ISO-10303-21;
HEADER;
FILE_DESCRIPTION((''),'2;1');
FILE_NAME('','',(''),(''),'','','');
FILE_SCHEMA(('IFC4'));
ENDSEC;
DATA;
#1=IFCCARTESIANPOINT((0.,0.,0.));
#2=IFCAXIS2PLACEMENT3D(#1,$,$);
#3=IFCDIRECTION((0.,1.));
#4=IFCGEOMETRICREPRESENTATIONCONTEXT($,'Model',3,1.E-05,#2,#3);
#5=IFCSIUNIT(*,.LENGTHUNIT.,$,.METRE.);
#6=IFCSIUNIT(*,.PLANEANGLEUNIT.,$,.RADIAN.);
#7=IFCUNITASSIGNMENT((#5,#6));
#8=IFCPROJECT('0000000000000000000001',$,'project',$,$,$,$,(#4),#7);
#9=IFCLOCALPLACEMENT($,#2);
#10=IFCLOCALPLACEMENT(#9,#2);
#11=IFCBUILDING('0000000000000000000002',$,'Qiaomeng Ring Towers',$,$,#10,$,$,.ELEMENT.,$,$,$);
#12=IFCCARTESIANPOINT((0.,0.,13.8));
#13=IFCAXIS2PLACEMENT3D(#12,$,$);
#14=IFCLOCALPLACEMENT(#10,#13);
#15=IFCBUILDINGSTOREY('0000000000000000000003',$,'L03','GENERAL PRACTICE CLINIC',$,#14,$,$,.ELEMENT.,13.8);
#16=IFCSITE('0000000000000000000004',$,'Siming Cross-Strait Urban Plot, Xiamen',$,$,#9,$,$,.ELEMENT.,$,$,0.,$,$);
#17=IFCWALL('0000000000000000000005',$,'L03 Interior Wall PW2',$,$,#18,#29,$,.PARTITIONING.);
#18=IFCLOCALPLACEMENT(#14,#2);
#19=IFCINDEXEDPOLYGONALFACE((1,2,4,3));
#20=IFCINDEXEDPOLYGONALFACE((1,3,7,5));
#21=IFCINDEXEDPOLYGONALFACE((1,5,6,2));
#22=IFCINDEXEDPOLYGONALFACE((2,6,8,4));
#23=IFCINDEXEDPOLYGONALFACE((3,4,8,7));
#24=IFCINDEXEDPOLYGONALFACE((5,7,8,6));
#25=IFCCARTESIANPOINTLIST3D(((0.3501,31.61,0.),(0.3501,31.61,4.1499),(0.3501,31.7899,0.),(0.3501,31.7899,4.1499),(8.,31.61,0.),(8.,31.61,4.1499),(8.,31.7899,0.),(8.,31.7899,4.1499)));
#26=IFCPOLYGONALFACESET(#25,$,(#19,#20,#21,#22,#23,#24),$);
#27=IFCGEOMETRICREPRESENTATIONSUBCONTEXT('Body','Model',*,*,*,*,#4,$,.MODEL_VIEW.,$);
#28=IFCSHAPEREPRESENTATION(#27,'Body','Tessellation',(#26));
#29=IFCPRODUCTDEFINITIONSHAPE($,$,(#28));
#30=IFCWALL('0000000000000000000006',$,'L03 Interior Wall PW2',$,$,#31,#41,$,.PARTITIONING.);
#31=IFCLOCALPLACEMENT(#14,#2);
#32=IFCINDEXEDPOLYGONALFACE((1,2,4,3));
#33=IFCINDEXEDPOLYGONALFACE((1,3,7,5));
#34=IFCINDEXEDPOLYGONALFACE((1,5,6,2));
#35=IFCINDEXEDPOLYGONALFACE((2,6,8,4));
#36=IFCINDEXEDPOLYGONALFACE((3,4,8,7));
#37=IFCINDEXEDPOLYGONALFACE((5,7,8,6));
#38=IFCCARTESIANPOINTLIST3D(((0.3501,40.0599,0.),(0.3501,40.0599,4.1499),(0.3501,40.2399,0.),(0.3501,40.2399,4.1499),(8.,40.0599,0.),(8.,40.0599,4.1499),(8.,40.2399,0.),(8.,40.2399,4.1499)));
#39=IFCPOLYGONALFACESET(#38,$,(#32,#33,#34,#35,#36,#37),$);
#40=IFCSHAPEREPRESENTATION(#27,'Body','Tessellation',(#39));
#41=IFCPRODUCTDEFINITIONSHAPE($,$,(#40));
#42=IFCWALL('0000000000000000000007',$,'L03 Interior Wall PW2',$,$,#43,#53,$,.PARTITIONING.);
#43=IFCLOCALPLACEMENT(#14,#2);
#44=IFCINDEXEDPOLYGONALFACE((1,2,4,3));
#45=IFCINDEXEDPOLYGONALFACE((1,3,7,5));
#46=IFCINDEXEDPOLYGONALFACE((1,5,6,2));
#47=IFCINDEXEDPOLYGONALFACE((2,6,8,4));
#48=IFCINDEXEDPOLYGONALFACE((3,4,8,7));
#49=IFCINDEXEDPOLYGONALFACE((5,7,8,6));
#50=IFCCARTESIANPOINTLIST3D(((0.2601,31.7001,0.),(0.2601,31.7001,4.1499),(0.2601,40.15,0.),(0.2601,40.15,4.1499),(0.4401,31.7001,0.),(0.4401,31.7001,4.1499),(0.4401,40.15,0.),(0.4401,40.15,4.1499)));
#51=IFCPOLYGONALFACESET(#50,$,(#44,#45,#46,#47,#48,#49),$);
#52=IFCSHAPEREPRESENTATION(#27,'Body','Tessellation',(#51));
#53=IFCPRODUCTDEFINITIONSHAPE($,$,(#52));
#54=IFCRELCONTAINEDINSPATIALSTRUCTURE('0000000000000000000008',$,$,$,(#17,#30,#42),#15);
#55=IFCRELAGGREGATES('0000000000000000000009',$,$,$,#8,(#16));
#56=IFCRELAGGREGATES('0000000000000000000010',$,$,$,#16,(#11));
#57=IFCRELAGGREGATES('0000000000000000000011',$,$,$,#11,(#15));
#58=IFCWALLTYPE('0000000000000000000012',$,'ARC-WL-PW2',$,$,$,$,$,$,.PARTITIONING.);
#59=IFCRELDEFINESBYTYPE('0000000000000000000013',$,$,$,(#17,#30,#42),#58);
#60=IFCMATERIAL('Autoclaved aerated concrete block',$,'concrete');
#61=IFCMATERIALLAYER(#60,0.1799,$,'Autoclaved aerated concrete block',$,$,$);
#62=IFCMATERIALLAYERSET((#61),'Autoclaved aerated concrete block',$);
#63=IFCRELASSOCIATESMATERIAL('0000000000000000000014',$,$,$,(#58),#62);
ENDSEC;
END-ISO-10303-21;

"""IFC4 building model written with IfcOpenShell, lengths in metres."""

from ifc_helpers import new_model, si_unit, direction, frame, frame_2d, origin, place, context, subcontext, project, spatial, rectangle, extrude, material, layer, layer_set, type_object, element, save


model = new_model("IFC4")

# Units and contexts
model_context = context("Model", 3, precision=1e-05, world=origin(), true_north=direction((0.0, 1.0)))
body_context = subcontext(model_context, "Body", "Model", "MODEL_VIEW")
ifc_project = project(units=[si_unit("LENGTHUNIT", "METRE"), si_unit("PLANEANGLEUNIT", "RADIAN")], contexts=[model_context])

# Site, building, storey
site_placement = place(None, origin())
site = spatial("IfcSite", under=ifc_project, at=site_placement, Name="Siming Cross-Strait Urban Plot, Xiamen", CompositionType="ELEMENT", RefElevation=0.0)
building_placement = place(site_placement, origin())
building = spatial("IfcBuilding", under=site, at=building_placement, Name="Qiaomeng Ring Towers", CompositionType="ELEMENT")
storey_placement = place(building_placement, frame((0.0, 0.0, 13.8)))
storey = spatial("IfcBuildingStorey", under=building, at=storey_placement, Name="L03", Description="GENERAL PRACTICE CLINIC", CompositionType="ELEMENT", Elevation=13.8)

# Walls
ifc_material_1 = material(Name="Autoclaved aerated concrete block", Category="concrete")
ifc_layer_1 = layer(ifc_material_1, 0.1799, Name="Autoclaved aerated concrete block")
ifc_layer_set_1 = layer_set([ifc_layer_1], Name="Autoclaved aerated concrete block")
wall_type_1 = type_object("IfcWallType", Name="ARC-WL-PW2", PredefinedType="PARTITIONING", material=ifc_layer_set_1)
for number, where, z_axis, x_axis, name in (
    (1, (0.3501, 31.7, 0.0), (0.0, 0.0, 1.0), (1.0, 0.0, 0.0), "L03 Interior Wall PW2"),
    (2, (0.3501, 40.1499, 0.0), (0.0, 0.0, 1.0), (1.0, 0.0, 0.0), "L03 Interior Wall PW2"),
):
    element("IfcWall", number, at=place(storey_placement, frame(where, z_axis=z_axis, x_axis=x_axis)), inside=storey, type_object=wall_type_1, Name=name, PredefinedType="PARTITIONING", context=body_context, shape_type="SweptSolid", body=[
        extrude(rectangle(XDim=7.6499, YDim=0.1799, at=frame_2d((3.825, 0.0))), origin(), (0.0, 0.0, 1.0), 4.1499),
    ])
wall_1_placement = place(storey_placement, frame((0.3501, 31.7, 0.0), z_axis=(0.0, 0.0, 1.0), x_axis=(0.0, 1.0, 0.0)))
element("IfcWall", 3, at=wall_1_placement, inside=storey, type_object=wall_type_1, Name="L03 Interior Wall PW2", PredefinedType="PARTITIONING", context=body_context, shape_type="SweptSolid", body=[
    extrude(rectangle(XDim=8.45, YDim=0.1799, at=frame_2d((4.2251, 0.0))), origin(), (0.0, 0.0, 1.0), 4.1499),
])

save(model, "model.ifc")
